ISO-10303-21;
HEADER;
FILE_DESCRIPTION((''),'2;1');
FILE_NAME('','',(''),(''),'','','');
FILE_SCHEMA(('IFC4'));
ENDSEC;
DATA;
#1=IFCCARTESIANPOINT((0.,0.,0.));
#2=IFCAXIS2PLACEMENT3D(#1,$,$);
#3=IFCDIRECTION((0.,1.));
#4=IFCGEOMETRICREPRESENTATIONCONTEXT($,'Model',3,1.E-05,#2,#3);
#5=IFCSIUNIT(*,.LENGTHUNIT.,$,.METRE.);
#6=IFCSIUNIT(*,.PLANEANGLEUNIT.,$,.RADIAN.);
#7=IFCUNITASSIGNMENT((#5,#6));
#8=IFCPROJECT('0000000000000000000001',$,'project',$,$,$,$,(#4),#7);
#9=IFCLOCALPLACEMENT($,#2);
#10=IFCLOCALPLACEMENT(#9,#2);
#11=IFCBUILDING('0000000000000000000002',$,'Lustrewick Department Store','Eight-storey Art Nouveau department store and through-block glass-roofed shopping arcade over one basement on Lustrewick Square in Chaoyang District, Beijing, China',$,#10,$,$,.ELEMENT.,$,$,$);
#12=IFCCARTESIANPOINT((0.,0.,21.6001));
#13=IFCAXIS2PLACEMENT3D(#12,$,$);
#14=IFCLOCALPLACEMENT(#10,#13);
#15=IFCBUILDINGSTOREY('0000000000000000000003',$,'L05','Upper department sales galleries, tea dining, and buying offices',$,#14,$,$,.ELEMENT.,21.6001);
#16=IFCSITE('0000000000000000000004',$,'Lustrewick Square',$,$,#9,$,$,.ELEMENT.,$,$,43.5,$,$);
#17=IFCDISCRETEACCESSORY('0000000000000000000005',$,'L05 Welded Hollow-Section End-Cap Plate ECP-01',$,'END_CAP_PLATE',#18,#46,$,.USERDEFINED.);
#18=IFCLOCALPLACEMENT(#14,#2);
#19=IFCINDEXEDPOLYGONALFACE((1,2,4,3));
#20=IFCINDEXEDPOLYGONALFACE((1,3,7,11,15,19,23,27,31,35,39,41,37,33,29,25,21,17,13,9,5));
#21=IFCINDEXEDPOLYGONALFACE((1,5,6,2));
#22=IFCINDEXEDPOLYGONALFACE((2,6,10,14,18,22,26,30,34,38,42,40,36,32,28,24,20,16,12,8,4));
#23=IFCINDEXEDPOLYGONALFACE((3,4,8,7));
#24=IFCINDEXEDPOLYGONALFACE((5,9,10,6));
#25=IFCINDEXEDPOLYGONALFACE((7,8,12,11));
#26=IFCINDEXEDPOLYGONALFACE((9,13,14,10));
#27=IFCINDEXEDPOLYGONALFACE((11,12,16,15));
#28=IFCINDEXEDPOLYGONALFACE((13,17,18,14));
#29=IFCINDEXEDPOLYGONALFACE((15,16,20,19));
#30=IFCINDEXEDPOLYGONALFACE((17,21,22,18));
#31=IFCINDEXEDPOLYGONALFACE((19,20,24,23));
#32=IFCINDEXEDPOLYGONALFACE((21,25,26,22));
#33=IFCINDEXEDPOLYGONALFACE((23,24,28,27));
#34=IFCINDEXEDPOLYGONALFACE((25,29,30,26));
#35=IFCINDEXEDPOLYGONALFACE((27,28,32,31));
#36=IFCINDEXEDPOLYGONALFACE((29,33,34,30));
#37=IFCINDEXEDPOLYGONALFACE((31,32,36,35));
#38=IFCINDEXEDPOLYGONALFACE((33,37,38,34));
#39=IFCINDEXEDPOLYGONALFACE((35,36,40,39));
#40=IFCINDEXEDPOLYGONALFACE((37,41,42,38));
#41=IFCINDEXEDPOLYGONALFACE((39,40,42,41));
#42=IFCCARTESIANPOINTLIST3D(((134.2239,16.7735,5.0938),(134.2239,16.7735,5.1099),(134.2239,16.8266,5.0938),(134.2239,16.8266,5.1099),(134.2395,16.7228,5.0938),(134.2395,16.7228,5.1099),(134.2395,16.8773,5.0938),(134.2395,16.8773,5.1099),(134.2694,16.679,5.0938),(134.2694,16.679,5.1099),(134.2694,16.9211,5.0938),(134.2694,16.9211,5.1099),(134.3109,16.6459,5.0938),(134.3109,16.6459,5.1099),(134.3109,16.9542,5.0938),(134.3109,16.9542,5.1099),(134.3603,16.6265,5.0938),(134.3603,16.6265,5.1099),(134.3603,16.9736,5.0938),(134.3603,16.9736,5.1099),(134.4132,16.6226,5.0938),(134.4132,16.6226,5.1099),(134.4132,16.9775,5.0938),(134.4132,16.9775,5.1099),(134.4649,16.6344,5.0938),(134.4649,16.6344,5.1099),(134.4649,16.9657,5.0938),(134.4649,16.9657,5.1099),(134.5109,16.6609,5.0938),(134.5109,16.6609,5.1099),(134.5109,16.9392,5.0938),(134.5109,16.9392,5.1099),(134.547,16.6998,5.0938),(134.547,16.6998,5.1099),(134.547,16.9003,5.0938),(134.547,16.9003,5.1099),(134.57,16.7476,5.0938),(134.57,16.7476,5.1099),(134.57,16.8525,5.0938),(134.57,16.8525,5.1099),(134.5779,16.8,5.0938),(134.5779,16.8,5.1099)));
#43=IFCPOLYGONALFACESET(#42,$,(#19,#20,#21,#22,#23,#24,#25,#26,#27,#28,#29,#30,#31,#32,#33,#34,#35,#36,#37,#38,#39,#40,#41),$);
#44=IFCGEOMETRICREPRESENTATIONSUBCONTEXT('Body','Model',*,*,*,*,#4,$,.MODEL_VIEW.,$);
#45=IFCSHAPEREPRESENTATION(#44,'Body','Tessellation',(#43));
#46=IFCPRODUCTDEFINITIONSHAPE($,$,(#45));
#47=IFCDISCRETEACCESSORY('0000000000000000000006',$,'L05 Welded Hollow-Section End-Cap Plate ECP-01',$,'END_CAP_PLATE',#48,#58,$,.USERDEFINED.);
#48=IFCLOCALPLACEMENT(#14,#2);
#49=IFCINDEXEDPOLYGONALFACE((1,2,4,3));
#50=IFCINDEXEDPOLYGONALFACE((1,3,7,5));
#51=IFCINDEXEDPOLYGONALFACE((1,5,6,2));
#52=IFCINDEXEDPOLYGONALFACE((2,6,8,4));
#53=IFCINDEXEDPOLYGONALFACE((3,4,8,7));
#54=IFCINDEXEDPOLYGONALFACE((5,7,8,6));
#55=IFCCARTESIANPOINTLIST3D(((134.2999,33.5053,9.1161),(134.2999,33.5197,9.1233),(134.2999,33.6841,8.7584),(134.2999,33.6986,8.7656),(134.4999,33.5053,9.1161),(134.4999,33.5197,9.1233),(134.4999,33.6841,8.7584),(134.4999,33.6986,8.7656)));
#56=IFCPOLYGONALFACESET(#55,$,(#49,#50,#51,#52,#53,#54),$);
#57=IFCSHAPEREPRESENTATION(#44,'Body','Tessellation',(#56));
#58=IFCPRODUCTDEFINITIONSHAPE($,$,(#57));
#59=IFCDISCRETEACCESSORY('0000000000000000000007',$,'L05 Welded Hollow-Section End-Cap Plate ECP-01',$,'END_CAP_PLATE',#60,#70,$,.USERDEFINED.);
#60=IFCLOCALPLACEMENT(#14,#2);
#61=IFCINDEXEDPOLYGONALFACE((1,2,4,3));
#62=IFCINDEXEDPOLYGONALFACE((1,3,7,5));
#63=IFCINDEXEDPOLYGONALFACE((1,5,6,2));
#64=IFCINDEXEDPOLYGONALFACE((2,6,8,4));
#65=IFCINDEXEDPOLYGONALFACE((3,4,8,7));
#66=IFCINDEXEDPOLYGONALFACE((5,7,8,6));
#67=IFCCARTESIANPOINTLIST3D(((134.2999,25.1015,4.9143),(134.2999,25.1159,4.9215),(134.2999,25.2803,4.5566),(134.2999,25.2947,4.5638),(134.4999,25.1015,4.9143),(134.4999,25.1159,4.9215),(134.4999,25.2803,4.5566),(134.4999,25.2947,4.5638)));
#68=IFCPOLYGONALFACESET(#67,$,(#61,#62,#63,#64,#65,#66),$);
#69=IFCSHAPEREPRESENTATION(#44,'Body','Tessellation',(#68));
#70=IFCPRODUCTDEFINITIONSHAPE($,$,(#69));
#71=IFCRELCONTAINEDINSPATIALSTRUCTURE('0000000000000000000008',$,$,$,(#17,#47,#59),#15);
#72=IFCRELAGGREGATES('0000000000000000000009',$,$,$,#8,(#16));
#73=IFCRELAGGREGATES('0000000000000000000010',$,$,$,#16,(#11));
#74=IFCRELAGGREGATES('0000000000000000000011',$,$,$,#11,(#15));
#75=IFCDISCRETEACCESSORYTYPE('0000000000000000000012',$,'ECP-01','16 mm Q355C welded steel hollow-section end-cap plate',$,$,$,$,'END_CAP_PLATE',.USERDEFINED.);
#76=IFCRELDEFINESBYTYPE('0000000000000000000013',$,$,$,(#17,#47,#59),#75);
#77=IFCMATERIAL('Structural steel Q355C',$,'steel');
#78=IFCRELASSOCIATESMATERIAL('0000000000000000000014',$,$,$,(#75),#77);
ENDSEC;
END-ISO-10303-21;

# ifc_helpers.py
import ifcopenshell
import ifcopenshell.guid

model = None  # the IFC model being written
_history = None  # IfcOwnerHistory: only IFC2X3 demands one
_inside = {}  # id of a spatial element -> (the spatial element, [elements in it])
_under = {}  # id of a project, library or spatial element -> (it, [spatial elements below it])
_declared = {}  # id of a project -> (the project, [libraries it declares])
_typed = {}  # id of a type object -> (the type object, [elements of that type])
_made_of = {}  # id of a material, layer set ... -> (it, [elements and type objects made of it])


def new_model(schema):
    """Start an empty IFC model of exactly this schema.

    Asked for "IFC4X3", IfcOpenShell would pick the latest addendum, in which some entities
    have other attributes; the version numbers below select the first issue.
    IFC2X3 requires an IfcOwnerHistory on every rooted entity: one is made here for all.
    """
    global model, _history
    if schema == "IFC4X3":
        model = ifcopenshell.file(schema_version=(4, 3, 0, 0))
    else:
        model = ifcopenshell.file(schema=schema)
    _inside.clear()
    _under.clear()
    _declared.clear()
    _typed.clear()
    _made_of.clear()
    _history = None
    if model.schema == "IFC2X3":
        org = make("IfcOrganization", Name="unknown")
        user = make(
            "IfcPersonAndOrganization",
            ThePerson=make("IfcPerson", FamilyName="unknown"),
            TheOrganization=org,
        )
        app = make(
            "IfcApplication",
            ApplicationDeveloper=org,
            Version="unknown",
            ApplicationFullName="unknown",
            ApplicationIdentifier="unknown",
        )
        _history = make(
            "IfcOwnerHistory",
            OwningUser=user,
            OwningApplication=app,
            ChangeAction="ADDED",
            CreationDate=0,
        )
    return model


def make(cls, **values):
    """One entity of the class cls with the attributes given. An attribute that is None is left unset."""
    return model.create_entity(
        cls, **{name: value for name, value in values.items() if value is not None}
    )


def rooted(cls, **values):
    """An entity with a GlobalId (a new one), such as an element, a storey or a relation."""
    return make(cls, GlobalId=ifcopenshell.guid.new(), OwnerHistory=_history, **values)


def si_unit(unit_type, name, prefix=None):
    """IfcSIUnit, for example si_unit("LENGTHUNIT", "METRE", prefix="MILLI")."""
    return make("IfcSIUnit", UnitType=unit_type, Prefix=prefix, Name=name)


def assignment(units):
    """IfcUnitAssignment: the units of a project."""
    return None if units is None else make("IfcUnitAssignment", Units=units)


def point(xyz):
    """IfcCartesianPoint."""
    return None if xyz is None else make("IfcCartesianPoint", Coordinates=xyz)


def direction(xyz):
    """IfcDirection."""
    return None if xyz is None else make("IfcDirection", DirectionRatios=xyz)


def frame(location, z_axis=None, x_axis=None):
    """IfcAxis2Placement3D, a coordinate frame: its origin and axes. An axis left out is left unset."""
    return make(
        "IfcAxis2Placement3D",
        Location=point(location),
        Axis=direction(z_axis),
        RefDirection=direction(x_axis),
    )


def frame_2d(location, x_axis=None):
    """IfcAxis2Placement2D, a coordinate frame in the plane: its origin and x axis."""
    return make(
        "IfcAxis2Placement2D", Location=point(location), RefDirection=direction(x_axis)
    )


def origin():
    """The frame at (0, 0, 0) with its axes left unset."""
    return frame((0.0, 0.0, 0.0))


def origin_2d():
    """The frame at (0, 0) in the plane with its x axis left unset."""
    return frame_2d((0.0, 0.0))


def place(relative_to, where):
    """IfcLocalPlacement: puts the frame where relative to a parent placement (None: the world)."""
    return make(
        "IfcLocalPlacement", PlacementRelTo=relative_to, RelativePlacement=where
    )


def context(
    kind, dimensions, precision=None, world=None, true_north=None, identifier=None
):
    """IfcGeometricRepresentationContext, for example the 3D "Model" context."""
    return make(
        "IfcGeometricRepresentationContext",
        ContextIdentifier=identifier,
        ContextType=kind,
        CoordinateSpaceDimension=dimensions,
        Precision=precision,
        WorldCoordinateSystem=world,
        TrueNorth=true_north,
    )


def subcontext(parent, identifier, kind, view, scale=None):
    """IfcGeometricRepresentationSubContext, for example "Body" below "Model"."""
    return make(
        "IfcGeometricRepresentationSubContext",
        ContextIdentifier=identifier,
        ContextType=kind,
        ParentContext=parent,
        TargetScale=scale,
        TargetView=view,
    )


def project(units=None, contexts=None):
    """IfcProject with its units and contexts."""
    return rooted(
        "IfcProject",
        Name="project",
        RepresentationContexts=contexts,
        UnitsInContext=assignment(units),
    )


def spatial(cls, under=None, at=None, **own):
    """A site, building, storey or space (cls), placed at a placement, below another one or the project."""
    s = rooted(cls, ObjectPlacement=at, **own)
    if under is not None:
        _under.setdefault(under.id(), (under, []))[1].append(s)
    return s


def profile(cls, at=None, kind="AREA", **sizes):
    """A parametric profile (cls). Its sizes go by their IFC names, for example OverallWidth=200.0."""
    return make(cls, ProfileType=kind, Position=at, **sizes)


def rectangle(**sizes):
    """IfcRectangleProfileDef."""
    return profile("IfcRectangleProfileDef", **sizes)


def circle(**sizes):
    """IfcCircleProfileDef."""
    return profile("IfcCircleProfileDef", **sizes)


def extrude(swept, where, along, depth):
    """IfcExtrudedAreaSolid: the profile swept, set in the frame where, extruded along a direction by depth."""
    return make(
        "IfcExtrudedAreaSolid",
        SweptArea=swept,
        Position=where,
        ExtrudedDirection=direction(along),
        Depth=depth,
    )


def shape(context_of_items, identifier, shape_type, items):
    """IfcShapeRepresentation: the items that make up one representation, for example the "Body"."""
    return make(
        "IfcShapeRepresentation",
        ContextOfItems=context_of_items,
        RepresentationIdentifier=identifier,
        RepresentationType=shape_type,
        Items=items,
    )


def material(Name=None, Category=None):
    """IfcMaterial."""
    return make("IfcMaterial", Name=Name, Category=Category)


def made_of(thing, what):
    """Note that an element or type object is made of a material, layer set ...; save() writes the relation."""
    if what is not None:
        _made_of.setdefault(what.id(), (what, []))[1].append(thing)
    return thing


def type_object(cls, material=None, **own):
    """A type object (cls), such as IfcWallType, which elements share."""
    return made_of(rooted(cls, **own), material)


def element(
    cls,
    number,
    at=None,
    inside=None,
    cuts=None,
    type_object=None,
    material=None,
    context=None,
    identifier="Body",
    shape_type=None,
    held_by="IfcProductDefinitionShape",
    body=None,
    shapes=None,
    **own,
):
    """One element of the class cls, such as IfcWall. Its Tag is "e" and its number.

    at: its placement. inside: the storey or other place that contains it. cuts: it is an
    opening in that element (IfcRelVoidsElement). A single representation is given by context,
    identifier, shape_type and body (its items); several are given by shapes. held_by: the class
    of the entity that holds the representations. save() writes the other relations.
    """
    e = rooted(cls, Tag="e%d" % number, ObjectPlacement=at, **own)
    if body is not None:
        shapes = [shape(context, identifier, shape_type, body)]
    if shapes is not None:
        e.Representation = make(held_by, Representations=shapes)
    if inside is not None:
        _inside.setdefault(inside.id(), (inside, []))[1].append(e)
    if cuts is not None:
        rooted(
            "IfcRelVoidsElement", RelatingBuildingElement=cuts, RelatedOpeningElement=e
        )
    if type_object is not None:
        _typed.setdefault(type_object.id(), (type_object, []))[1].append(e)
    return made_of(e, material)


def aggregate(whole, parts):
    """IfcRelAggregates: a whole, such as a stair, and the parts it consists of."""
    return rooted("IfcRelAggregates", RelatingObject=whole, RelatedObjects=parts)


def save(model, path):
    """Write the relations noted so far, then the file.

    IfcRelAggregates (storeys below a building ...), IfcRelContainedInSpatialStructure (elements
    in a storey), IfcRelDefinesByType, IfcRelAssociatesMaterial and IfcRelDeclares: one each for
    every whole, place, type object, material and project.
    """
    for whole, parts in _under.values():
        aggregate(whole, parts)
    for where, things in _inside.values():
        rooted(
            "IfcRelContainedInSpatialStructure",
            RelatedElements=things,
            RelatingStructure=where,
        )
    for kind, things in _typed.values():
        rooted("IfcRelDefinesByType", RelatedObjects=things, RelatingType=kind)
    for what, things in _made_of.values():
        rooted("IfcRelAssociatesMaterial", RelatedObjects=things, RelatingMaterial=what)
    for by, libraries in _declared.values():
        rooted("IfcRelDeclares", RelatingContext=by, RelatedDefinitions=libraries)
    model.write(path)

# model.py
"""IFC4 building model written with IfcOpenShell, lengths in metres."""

from ifc_helpers import new_model, si_unit, direction, frame, origin, origin_2d, place, context, subcontext, project, spatial, rectangle, circle, extrude, material, type_object, element, save


model = new_model("IFC4")

# Units and contexts
model_context = context("Model", 3, precision=1e-05, world=origin(), true_north=direction((0.0, 1.0)))
body_context = subcontext(model_context, "Body", "Model", "MODEL_VIEW")
ifc_project = project(units=[si_unit("LENGTHUNIT", "METRE"), si_unit("PLANEANGLEUNIT", "RADIAN")], contexts=[model_context])

# Site, building, storey
site_placement = place(None, origin())
site = spatial("IfcSite", under=ifc_project, at=site_placement, Name="Lustrewick Square", CompositionType="ELEMENT", RefElevation=43.5)
building_placement = place(site_placement, origin())
building = spatial("IfcBuilding", under=site, at=building_placement, Name="Lustrewick Department Store", Description="Eight-storey Art Nouveau department store and through-block glass-roofed shopping arcade over one basement on Lustrewick Square in Chaoyang District, Beijing, China", CompositionType="ELEMENT")
storey_placement = place(building_placement, frame((0.0, 0.0, 21.6001)))
storey = spatial("IfcBuildingStorey", under=building, at=storey_placement, Name="L05", Description="Upper department sales galleries, tea dining, and buying offices", CompositionType="ELEMENT", Elevation=21.6001)

# Shared definitions
ifc_material_1 = material(Name="Structural steel Q355C", Category="steel")

# Discrete accessories
discrete_accessory_type = type_object("IfcDiscreteAccessoryType", Name="ECP-01", Description="16 mm Q355C welded steel hollow-section end-cap plate", ElementType="END_CAP_PLATE", PredefinedType="USERDEFINED", material=ifc_material_1)
discrete_accessory_placement = place(storey_placement, frame((134.3999, 16.8, 5.0938), z_axis=(0.0, 0.0, 1.0), x_axis=(1.0, 0.0, 0.0)))
element("IfcDiscreteAccessory", 1, at=discrete_accessory_placement, inside=storey, type_object=discrete_accessory_type, Name="L05 Welded Hollow-Section End-Cap Plate ECP-01", ObjectType="END_CAP_PLATE", PredefinedType="USERDEFINED", context=body_context, shape_type="SweptSolid", body=[
    extrude(circle(Radius=0.178, at=origin_2d()), origin(), (0.0, 0.0, 1.0), 0.0161),
])
for number, where, z_axis, x_axis, name in (
    (2, (134.3999, 33.5947, 8.9373), (0.0, 0.894432, 0.447203), (-1.0, 0.0, 0.0), "L05 Welded Hollow-Section End-Cap Plate ECP-01"),
    (3, (134.3999, 25.2053, 4.7427), (0.0, -0.894432, -0.447203), (-1.0, 0.0, 0.0), "L05 Welded Hollow-Section End-Cap Plate ECP-01"),
):
    element("IfcDiscreteAccessory", number, at=place(storey_placement, frame(where, z_axis=z_axis, x_axis=x_axis)), inside=storey, type_object=discrete_accessory_type, Name=name, ObjectType="END_CAP_PLATE", PredefinedType="USERDEFINED", context=body_context, shape_type="SweptSolid", body=[
        extrude(rectangle(XDim=0.2, YDim=0.3999, at=origin_2d()), origin(), (0.0, 0.0, 1.0), 0.0161),
    ])

save(model, "model.ifc")
